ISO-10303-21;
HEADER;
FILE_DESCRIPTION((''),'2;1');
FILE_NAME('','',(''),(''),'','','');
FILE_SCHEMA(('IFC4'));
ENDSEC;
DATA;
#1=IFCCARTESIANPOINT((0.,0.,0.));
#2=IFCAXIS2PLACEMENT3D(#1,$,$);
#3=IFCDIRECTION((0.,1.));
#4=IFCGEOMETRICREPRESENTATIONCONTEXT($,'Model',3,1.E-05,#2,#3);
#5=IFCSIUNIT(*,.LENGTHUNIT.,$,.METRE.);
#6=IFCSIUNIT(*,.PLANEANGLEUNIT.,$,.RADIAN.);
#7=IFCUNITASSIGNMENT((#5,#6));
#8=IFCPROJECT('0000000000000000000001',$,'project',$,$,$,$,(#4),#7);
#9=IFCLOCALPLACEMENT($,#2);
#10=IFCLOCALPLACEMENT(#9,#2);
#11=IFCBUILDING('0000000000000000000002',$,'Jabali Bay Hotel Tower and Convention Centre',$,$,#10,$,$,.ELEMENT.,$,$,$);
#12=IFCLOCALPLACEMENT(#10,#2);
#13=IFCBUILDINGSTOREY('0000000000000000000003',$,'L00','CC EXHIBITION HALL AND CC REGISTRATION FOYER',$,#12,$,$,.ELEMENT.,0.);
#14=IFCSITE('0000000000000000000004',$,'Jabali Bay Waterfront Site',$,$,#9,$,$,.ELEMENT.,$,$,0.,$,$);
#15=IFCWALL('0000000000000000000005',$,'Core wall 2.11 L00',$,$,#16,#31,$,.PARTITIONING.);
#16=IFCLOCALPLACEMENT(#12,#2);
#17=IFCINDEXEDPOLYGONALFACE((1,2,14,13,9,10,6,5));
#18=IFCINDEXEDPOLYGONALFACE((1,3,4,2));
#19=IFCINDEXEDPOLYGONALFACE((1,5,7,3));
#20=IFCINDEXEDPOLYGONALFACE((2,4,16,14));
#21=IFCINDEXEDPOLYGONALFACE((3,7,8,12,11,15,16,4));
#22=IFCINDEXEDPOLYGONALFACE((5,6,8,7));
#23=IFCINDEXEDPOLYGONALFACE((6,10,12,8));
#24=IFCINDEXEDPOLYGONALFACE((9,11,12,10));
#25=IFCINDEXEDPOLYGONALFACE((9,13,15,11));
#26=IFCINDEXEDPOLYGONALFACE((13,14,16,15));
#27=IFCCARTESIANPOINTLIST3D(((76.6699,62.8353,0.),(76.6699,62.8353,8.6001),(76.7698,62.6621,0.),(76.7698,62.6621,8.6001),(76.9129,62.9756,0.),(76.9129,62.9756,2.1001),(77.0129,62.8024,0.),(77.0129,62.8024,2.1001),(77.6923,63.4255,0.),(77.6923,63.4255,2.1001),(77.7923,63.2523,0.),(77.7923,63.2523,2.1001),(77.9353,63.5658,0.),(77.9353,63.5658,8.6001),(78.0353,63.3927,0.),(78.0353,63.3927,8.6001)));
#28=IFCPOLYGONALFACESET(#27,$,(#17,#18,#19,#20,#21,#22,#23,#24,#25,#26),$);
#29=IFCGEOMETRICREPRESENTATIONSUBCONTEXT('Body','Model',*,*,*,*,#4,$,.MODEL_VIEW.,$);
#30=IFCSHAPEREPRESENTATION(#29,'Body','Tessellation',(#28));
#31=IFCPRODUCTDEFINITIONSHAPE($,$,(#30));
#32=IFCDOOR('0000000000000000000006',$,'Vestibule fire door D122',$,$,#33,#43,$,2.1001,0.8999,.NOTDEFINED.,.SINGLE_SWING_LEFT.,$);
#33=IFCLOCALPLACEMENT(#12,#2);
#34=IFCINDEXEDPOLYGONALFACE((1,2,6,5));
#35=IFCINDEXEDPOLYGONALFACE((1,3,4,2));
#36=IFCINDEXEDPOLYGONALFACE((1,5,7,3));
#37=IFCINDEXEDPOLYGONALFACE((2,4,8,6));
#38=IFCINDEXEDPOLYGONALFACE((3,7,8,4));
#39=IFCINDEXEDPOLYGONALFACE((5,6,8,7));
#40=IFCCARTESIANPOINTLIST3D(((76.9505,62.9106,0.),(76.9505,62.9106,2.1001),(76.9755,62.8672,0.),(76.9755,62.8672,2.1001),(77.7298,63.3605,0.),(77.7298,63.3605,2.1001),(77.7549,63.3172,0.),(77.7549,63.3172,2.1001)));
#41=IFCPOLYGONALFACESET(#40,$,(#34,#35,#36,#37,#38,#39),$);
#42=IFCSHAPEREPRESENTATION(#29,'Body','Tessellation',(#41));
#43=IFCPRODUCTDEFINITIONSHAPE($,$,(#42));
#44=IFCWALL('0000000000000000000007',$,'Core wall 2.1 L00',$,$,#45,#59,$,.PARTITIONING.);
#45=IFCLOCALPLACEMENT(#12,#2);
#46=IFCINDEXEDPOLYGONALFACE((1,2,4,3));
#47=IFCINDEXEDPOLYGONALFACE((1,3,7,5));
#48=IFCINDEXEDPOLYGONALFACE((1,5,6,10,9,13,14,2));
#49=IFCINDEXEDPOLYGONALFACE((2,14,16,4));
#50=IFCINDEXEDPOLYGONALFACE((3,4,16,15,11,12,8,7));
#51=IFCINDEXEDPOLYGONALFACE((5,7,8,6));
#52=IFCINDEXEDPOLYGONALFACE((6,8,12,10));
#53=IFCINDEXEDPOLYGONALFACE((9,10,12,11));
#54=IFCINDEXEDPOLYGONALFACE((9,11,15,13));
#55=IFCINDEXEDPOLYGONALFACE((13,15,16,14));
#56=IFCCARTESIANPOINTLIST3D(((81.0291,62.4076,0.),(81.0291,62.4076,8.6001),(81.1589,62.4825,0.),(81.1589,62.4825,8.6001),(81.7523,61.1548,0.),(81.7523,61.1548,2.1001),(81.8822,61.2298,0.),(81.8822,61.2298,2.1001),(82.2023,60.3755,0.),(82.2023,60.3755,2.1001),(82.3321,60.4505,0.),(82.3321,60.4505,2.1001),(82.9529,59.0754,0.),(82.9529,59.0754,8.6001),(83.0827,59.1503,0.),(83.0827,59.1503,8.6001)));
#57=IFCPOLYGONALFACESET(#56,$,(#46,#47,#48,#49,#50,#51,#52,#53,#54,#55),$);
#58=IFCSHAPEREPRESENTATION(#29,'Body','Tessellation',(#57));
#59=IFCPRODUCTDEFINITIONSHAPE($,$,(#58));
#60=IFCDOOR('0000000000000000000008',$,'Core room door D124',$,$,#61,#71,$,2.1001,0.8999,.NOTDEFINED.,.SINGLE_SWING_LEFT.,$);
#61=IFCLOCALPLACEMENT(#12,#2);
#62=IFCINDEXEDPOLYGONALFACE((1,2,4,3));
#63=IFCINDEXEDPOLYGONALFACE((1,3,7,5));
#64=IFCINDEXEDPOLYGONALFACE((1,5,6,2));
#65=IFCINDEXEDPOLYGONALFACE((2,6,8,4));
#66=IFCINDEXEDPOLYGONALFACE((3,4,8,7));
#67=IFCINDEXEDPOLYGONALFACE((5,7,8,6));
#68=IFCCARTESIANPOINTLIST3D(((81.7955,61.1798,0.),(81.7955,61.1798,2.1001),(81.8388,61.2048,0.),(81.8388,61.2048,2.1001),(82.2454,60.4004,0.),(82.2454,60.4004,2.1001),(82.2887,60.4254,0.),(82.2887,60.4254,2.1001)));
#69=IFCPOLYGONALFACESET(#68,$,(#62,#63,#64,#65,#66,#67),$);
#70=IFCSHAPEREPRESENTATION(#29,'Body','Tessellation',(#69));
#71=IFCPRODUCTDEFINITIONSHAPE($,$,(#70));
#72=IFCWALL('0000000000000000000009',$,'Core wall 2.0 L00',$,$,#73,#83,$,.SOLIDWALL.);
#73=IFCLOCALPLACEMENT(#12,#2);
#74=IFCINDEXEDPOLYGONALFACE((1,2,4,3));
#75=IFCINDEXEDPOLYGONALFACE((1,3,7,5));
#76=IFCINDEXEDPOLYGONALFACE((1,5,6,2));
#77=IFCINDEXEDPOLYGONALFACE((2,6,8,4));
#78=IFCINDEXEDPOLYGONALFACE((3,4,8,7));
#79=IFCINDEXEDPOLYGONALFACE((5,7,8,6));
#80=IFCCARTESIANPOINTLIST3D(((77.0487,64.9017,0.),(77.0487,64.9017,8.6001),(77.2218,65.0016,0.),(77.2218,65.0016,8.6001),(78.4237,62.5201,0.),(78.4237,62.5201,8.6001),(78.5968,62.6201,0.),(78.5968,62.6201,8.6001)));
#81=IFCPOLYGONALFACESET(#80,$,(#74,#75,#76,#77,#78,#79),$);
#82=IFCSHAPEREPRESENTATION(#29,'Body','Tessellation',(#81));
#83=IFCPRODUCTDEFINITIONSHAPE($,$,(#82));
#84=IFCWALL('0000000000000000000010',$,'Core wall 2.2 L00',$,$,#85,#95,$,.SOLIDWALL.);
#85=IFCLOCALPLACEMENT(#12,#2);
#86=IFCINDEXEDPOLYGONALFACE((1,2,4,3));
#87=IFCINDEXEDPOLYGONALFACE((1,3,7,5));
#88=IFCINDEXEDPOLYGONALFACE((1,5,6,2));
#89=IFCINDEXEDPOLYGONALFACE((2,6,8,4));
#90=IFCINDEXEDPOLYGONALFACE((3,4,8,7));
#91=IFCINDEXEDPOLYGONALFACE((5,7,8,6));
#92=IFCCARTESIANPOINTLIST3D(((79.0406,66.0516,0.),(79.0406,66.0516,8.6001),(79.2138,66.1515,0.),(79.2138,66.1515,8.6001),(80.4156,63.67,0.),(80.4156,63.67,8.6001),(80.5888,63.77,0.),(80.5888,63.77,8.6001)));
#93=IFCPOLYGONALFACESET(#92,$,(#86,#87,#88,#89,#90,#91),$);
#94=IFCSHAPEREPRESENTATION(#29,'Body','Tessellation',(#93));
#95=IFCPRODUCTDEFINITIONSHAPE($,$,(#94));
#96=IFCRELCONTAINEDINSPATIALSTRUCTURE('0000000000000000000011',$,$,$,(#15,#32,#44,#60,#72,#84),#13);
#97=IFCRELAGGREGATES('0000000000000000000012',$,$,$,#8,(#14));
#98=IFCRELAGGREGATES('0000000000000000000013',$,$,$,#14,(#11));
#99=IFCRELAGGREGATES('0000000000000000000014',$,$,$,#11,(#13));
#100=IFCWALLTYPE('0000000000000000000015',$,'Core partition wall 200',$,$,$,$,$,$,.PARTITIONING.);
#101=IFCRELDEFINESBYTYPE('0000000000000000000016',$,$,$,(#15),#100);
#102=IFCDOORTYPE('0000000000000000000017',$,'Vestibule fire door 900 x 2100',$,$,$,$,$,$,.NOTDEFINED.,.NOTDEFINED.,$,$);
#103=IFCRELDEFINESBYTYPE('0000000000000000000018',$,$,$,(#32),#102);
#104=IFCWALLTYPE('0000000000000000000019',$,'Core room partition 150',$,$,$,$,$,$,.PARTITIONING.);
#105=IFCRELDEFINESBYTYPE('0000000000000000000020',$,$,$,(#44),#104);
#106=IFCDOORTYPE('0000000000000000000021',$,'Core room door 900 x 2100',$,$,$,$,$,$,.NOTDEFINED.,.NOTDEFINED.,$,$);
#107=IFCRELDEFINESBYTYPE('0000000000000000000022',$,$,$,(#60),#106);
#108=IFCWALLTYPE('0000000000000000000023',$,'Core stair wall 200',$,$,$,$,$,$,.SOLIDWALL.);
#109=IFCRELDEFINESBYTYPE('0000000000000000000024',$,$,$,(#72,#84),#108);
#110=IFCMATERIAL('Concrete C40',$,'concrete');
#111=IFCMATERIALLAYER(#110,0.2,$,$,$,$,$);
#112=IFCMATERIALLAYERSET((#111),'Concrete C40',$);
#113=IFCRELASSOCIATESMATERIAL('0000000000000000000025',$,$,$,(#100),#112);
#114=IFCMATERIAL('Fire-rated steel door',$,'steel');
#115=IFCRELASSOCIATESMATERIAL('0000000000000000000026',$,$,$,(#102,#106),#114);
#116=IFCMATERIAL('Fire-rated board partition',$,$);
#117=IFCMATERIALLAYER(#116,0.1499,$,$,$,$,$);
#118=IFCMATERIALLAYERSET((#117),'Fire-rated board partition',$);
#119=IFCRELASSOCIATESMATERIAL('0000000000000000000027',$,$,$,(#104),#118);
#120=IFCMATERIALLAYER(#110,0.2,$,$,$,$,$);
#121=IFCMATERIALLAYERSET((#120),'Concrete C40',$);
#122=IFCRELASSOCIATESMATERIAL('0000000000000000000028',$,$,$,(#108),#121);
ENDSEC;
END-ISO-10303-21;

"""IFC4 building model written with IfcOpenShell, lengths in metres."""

from ifc_helpers import new_model, si_unit, direction, frame, frame_2d, origin, place, context, subcontext, project, spatial, rectangle, extrude, material, layer, layer_set, type_object, element, fill, save


model = new_model("IFC4")

# Units and contexts
model_context = context("Model", 3, precision=1e-05, world=origin(), true_north=direction((0.0, 1.0)))
body_context = subcontext(model_context, "Body", "Model", "MODEL_VIEW")
ifc_project = project(units=[si_unit("LENGTHUNIT", "METRE"), si_unit("PLANEANGLEUNIT", "RADIAN")], contexts=[model_context])

# Site, building, storey
site_placement = place(None, origin())
site = spatial("IfcSite", under=ifc_project, at=site_placement, Name="Jabali Bay Waterfront Site", CompositionType="ELEMENT", RefElevation=0.0)
building_placement = place(site_placement, origin())
building = spatial("IfcBuilding", under=site, at=building_placement, Name="Jabali Bay Hotel Tower and Convention Centre", CompositionType="ELEMENT")
storey_placement = place(building_placement, origin())
storey = spatial("IfcBuildingStorey", under=building, at=storey_placement, Name="L00", Description="CC EXHIBITION HALL AND CC REGISTRATION FOYER", CompositionType="ELEMENT", Elevation=0.0)

# Walls, openings, doors
ifc_material_1 = material(Name="Concrete C40", Category="concrete")
ifc_layer_1 = layer(ifc_material_1, 0.2)
ifc_layer_set_1 = layer_set([ifc_layer_1], Name="Concrete C40")
wall_type_1 = type_object("IfcWallType", Name="Core partition wall 200", PredefinedType="PARTITIONING", material=ifc_layer_set_1)
wall_1_placement = place(storey_placement, frame((76.72, 62.7488, 0.0), z_axis=(0.0, 0.0, 1.0), x_axis=(0.866055, 0.499949, 0.0)))
wall_1 = element("IfcWall", 1, at=wall_1_placement, inside=storey, type_object=wall_type_1, Name="Core wall 2.11 L00", PredefinedType="PARTITIONING", context=body_context, shape_type="SweptSolid", body=[
    extrude(rectangle(XDim=1.4612, YDim=0.2, at=frame_2d((0.7305, 0.0))), origin(), (0.0, 0.0, 1.0), 8.6001),
])
opening_1_placement = place(wall_1_placement, frame((0.2805, 0.0, 0.0)))
opening_1 = element("IfcOpeningElement", 2, at=opening_1_placement, cuts=wall_1, PredefinedType="OPENING", context=body_context, shape_type="SweptSolid", body=[
    extrude(rectangle(XDim=0.8999, YDim=2.1001, at=frame_2d((0.45, 1.05))), frame((0.0, 0.1104, 0.0), z_axis=(0.0, -1.0, 0.0), x_axis=(1.0, 0.0, 0.0)), (0.0, 0.0, 1.0), 0.2209),
])
ifc_material_2 = material(Name="Fire-rated steel door", Category="steel")
door_type_1 = type_object("IfcDoorType", Name="Vestibule fire door 900 x 2100", OperationType="NOTDEFINED", PredefinedType="NOTDEFINED", material=ifc_material_2)
door_1_placement = place(opening_1_placement, origin())
door_1 = element("IfcDoor", 3, at=door_1_placement, inside=storey, type_object=door_type_1, Name="Vestibule fire door D122", OperationType="SINGLE_SWING_LEFT", OverallHeight=2.1001, OverallWidth=0.8999, PredefinedType="NOTDEFINED", context=body_context, shape_type="SweptSolid", body=[
    extrude(rectangle(XDim=0.8999, YDim=2.1001, at=frame_2d((0.45, 1.05))), frame((0.0, 0.0249, 0.0), z_axis=(0.0, -1.0, 0.0), x_axis=(1.0, 0.0, 0.0)), (0.0, 0.0, 1.0), 0.05),
])
fill(opening_1, door_1)
ifc_material_3 = material(Name="Fire-rated board partition")
ifc_layer_2 = layer(ifc_material_3, 0.1499)
ifc_layer_set_2 = layer_set([ifc_layer_2], Name="Fire-rated board partition")
wall_type_2 = type_object("IfcWallType", Name="Core room partition 150", PredefinedType="PARTITIONING", material=ifc_layer_set_2)
wall_2_placement = place(storey_placement, frame((81.094, 62.4451, 0.0), z_axis=(0.0, 0.0, 1.0), x_axis=(0.499988, -0.866032, 0.0)))
wall_2 = element("IfcWall", 4, at=wall_2_placement, inside=storey, type_object=wall_type_2, Name="Core wall 2.1 L00", PredefinedType="PARTITIONING", context=body_context, shape_type="SweptSolid", body=[
    extrude(rectangle(XDim=3.8477, YDim=0.1499, at=frame_2d((1.9238, 0.0))), origin(), (0.0, 0.0, 1.0), 8.6001),
])
opening_2_placement = place(wall_2_placement, frame((1.4465, 0.0, 0.0)))
opening_2 = element("IfcOpeningElement", 5, at=opening_2_placement, cuts=wall_2, PredefinedType="OPENING", context=body_context, shape_type="SweptSolid", body=[
    extrude(rectangle(XDim=0.8999, YDim=2.1001, at=frame_2d((0.45, 1.05))), frame((0.0, 0.0854, 0.0), z_axis=(0.0, -1.0, 0.0), x_axis=(1.0, 0.0, 0.0)), (0.0, 0.0, 1.0), 0.1709),
])
door_type_2 = type_object("IfcDoorType", Name="Core room door 900 x 2100", OperationType="NOTDEFINED", PredefinedType="NOTDEFINED", material=ifc_material_2)
door_2_placement = place(opening_2_placement, origin())
door_2 = element("IfcDoor", 6, at=door_2_placement, inside=storey, type_object=door_type_2, Name="Core room door D124", OperationType="SINGLE_SWING_LEFT", OverallHeight=2.1001, OverallWidth=0.8999, PredefinedType="NOTDEFINED", context=body_context, shape_type="SweptSolid", body=[
    extrude(rectangle(XDim=0.8999, YDim=2.1001, at=frame_2d((0.45, 1.05))), frame((0.0, 0.0249, 0.0), z_axis=(0.0, -1.0, 0.0), x_axis=(1.0, 0.0, 0.0)), (0.0, 0.0, 1.0), 0.05),
])
fill(opening_2, door_2)

# Walls
ifc_layer_3 = layer(ifc_material_1, 0.2)
ifc_layer_set_3 = layer_set([ifc_layer_3], Name="Concrete C40")
wall_type_3 = type_object("IfcWallType", Name="Core stair wall 200", PredefinedType="SOLIDWALL", material=ifc_layer_set_3)
for number, where, z_axis, x_axis, name in (
    (7, (77.1353, 64.9517, 0.0), (0.0, 0.0, 1.0), (0.499997, -0.866027, 0.0), "Core wall 2.0 L00"),
    (8, (79.1272, 66.1016, 0.0), (0.0, 0.0, 1.0), (0.499997, -0.866027, 0.0), "Core wall 2.2 L00"),
):
    element("IfcWall", number, at=place(storey_placement, frame(where, z_axis=z_axis, x_axis=x_axis)), inside=storey, type_object=wall_type_3, Name=name, PredefinedType="SOLIDWALL", context=body_context, shape_type="SweptSolid", body=[
        extrude(rectangle(XDim=2.75, YDim=0.2, at=frame_2d((1.375, 0.0))), origin(), (0.0, 0.0, 1.0), 8.6001),
    ])

save(model, "model.ifc")
